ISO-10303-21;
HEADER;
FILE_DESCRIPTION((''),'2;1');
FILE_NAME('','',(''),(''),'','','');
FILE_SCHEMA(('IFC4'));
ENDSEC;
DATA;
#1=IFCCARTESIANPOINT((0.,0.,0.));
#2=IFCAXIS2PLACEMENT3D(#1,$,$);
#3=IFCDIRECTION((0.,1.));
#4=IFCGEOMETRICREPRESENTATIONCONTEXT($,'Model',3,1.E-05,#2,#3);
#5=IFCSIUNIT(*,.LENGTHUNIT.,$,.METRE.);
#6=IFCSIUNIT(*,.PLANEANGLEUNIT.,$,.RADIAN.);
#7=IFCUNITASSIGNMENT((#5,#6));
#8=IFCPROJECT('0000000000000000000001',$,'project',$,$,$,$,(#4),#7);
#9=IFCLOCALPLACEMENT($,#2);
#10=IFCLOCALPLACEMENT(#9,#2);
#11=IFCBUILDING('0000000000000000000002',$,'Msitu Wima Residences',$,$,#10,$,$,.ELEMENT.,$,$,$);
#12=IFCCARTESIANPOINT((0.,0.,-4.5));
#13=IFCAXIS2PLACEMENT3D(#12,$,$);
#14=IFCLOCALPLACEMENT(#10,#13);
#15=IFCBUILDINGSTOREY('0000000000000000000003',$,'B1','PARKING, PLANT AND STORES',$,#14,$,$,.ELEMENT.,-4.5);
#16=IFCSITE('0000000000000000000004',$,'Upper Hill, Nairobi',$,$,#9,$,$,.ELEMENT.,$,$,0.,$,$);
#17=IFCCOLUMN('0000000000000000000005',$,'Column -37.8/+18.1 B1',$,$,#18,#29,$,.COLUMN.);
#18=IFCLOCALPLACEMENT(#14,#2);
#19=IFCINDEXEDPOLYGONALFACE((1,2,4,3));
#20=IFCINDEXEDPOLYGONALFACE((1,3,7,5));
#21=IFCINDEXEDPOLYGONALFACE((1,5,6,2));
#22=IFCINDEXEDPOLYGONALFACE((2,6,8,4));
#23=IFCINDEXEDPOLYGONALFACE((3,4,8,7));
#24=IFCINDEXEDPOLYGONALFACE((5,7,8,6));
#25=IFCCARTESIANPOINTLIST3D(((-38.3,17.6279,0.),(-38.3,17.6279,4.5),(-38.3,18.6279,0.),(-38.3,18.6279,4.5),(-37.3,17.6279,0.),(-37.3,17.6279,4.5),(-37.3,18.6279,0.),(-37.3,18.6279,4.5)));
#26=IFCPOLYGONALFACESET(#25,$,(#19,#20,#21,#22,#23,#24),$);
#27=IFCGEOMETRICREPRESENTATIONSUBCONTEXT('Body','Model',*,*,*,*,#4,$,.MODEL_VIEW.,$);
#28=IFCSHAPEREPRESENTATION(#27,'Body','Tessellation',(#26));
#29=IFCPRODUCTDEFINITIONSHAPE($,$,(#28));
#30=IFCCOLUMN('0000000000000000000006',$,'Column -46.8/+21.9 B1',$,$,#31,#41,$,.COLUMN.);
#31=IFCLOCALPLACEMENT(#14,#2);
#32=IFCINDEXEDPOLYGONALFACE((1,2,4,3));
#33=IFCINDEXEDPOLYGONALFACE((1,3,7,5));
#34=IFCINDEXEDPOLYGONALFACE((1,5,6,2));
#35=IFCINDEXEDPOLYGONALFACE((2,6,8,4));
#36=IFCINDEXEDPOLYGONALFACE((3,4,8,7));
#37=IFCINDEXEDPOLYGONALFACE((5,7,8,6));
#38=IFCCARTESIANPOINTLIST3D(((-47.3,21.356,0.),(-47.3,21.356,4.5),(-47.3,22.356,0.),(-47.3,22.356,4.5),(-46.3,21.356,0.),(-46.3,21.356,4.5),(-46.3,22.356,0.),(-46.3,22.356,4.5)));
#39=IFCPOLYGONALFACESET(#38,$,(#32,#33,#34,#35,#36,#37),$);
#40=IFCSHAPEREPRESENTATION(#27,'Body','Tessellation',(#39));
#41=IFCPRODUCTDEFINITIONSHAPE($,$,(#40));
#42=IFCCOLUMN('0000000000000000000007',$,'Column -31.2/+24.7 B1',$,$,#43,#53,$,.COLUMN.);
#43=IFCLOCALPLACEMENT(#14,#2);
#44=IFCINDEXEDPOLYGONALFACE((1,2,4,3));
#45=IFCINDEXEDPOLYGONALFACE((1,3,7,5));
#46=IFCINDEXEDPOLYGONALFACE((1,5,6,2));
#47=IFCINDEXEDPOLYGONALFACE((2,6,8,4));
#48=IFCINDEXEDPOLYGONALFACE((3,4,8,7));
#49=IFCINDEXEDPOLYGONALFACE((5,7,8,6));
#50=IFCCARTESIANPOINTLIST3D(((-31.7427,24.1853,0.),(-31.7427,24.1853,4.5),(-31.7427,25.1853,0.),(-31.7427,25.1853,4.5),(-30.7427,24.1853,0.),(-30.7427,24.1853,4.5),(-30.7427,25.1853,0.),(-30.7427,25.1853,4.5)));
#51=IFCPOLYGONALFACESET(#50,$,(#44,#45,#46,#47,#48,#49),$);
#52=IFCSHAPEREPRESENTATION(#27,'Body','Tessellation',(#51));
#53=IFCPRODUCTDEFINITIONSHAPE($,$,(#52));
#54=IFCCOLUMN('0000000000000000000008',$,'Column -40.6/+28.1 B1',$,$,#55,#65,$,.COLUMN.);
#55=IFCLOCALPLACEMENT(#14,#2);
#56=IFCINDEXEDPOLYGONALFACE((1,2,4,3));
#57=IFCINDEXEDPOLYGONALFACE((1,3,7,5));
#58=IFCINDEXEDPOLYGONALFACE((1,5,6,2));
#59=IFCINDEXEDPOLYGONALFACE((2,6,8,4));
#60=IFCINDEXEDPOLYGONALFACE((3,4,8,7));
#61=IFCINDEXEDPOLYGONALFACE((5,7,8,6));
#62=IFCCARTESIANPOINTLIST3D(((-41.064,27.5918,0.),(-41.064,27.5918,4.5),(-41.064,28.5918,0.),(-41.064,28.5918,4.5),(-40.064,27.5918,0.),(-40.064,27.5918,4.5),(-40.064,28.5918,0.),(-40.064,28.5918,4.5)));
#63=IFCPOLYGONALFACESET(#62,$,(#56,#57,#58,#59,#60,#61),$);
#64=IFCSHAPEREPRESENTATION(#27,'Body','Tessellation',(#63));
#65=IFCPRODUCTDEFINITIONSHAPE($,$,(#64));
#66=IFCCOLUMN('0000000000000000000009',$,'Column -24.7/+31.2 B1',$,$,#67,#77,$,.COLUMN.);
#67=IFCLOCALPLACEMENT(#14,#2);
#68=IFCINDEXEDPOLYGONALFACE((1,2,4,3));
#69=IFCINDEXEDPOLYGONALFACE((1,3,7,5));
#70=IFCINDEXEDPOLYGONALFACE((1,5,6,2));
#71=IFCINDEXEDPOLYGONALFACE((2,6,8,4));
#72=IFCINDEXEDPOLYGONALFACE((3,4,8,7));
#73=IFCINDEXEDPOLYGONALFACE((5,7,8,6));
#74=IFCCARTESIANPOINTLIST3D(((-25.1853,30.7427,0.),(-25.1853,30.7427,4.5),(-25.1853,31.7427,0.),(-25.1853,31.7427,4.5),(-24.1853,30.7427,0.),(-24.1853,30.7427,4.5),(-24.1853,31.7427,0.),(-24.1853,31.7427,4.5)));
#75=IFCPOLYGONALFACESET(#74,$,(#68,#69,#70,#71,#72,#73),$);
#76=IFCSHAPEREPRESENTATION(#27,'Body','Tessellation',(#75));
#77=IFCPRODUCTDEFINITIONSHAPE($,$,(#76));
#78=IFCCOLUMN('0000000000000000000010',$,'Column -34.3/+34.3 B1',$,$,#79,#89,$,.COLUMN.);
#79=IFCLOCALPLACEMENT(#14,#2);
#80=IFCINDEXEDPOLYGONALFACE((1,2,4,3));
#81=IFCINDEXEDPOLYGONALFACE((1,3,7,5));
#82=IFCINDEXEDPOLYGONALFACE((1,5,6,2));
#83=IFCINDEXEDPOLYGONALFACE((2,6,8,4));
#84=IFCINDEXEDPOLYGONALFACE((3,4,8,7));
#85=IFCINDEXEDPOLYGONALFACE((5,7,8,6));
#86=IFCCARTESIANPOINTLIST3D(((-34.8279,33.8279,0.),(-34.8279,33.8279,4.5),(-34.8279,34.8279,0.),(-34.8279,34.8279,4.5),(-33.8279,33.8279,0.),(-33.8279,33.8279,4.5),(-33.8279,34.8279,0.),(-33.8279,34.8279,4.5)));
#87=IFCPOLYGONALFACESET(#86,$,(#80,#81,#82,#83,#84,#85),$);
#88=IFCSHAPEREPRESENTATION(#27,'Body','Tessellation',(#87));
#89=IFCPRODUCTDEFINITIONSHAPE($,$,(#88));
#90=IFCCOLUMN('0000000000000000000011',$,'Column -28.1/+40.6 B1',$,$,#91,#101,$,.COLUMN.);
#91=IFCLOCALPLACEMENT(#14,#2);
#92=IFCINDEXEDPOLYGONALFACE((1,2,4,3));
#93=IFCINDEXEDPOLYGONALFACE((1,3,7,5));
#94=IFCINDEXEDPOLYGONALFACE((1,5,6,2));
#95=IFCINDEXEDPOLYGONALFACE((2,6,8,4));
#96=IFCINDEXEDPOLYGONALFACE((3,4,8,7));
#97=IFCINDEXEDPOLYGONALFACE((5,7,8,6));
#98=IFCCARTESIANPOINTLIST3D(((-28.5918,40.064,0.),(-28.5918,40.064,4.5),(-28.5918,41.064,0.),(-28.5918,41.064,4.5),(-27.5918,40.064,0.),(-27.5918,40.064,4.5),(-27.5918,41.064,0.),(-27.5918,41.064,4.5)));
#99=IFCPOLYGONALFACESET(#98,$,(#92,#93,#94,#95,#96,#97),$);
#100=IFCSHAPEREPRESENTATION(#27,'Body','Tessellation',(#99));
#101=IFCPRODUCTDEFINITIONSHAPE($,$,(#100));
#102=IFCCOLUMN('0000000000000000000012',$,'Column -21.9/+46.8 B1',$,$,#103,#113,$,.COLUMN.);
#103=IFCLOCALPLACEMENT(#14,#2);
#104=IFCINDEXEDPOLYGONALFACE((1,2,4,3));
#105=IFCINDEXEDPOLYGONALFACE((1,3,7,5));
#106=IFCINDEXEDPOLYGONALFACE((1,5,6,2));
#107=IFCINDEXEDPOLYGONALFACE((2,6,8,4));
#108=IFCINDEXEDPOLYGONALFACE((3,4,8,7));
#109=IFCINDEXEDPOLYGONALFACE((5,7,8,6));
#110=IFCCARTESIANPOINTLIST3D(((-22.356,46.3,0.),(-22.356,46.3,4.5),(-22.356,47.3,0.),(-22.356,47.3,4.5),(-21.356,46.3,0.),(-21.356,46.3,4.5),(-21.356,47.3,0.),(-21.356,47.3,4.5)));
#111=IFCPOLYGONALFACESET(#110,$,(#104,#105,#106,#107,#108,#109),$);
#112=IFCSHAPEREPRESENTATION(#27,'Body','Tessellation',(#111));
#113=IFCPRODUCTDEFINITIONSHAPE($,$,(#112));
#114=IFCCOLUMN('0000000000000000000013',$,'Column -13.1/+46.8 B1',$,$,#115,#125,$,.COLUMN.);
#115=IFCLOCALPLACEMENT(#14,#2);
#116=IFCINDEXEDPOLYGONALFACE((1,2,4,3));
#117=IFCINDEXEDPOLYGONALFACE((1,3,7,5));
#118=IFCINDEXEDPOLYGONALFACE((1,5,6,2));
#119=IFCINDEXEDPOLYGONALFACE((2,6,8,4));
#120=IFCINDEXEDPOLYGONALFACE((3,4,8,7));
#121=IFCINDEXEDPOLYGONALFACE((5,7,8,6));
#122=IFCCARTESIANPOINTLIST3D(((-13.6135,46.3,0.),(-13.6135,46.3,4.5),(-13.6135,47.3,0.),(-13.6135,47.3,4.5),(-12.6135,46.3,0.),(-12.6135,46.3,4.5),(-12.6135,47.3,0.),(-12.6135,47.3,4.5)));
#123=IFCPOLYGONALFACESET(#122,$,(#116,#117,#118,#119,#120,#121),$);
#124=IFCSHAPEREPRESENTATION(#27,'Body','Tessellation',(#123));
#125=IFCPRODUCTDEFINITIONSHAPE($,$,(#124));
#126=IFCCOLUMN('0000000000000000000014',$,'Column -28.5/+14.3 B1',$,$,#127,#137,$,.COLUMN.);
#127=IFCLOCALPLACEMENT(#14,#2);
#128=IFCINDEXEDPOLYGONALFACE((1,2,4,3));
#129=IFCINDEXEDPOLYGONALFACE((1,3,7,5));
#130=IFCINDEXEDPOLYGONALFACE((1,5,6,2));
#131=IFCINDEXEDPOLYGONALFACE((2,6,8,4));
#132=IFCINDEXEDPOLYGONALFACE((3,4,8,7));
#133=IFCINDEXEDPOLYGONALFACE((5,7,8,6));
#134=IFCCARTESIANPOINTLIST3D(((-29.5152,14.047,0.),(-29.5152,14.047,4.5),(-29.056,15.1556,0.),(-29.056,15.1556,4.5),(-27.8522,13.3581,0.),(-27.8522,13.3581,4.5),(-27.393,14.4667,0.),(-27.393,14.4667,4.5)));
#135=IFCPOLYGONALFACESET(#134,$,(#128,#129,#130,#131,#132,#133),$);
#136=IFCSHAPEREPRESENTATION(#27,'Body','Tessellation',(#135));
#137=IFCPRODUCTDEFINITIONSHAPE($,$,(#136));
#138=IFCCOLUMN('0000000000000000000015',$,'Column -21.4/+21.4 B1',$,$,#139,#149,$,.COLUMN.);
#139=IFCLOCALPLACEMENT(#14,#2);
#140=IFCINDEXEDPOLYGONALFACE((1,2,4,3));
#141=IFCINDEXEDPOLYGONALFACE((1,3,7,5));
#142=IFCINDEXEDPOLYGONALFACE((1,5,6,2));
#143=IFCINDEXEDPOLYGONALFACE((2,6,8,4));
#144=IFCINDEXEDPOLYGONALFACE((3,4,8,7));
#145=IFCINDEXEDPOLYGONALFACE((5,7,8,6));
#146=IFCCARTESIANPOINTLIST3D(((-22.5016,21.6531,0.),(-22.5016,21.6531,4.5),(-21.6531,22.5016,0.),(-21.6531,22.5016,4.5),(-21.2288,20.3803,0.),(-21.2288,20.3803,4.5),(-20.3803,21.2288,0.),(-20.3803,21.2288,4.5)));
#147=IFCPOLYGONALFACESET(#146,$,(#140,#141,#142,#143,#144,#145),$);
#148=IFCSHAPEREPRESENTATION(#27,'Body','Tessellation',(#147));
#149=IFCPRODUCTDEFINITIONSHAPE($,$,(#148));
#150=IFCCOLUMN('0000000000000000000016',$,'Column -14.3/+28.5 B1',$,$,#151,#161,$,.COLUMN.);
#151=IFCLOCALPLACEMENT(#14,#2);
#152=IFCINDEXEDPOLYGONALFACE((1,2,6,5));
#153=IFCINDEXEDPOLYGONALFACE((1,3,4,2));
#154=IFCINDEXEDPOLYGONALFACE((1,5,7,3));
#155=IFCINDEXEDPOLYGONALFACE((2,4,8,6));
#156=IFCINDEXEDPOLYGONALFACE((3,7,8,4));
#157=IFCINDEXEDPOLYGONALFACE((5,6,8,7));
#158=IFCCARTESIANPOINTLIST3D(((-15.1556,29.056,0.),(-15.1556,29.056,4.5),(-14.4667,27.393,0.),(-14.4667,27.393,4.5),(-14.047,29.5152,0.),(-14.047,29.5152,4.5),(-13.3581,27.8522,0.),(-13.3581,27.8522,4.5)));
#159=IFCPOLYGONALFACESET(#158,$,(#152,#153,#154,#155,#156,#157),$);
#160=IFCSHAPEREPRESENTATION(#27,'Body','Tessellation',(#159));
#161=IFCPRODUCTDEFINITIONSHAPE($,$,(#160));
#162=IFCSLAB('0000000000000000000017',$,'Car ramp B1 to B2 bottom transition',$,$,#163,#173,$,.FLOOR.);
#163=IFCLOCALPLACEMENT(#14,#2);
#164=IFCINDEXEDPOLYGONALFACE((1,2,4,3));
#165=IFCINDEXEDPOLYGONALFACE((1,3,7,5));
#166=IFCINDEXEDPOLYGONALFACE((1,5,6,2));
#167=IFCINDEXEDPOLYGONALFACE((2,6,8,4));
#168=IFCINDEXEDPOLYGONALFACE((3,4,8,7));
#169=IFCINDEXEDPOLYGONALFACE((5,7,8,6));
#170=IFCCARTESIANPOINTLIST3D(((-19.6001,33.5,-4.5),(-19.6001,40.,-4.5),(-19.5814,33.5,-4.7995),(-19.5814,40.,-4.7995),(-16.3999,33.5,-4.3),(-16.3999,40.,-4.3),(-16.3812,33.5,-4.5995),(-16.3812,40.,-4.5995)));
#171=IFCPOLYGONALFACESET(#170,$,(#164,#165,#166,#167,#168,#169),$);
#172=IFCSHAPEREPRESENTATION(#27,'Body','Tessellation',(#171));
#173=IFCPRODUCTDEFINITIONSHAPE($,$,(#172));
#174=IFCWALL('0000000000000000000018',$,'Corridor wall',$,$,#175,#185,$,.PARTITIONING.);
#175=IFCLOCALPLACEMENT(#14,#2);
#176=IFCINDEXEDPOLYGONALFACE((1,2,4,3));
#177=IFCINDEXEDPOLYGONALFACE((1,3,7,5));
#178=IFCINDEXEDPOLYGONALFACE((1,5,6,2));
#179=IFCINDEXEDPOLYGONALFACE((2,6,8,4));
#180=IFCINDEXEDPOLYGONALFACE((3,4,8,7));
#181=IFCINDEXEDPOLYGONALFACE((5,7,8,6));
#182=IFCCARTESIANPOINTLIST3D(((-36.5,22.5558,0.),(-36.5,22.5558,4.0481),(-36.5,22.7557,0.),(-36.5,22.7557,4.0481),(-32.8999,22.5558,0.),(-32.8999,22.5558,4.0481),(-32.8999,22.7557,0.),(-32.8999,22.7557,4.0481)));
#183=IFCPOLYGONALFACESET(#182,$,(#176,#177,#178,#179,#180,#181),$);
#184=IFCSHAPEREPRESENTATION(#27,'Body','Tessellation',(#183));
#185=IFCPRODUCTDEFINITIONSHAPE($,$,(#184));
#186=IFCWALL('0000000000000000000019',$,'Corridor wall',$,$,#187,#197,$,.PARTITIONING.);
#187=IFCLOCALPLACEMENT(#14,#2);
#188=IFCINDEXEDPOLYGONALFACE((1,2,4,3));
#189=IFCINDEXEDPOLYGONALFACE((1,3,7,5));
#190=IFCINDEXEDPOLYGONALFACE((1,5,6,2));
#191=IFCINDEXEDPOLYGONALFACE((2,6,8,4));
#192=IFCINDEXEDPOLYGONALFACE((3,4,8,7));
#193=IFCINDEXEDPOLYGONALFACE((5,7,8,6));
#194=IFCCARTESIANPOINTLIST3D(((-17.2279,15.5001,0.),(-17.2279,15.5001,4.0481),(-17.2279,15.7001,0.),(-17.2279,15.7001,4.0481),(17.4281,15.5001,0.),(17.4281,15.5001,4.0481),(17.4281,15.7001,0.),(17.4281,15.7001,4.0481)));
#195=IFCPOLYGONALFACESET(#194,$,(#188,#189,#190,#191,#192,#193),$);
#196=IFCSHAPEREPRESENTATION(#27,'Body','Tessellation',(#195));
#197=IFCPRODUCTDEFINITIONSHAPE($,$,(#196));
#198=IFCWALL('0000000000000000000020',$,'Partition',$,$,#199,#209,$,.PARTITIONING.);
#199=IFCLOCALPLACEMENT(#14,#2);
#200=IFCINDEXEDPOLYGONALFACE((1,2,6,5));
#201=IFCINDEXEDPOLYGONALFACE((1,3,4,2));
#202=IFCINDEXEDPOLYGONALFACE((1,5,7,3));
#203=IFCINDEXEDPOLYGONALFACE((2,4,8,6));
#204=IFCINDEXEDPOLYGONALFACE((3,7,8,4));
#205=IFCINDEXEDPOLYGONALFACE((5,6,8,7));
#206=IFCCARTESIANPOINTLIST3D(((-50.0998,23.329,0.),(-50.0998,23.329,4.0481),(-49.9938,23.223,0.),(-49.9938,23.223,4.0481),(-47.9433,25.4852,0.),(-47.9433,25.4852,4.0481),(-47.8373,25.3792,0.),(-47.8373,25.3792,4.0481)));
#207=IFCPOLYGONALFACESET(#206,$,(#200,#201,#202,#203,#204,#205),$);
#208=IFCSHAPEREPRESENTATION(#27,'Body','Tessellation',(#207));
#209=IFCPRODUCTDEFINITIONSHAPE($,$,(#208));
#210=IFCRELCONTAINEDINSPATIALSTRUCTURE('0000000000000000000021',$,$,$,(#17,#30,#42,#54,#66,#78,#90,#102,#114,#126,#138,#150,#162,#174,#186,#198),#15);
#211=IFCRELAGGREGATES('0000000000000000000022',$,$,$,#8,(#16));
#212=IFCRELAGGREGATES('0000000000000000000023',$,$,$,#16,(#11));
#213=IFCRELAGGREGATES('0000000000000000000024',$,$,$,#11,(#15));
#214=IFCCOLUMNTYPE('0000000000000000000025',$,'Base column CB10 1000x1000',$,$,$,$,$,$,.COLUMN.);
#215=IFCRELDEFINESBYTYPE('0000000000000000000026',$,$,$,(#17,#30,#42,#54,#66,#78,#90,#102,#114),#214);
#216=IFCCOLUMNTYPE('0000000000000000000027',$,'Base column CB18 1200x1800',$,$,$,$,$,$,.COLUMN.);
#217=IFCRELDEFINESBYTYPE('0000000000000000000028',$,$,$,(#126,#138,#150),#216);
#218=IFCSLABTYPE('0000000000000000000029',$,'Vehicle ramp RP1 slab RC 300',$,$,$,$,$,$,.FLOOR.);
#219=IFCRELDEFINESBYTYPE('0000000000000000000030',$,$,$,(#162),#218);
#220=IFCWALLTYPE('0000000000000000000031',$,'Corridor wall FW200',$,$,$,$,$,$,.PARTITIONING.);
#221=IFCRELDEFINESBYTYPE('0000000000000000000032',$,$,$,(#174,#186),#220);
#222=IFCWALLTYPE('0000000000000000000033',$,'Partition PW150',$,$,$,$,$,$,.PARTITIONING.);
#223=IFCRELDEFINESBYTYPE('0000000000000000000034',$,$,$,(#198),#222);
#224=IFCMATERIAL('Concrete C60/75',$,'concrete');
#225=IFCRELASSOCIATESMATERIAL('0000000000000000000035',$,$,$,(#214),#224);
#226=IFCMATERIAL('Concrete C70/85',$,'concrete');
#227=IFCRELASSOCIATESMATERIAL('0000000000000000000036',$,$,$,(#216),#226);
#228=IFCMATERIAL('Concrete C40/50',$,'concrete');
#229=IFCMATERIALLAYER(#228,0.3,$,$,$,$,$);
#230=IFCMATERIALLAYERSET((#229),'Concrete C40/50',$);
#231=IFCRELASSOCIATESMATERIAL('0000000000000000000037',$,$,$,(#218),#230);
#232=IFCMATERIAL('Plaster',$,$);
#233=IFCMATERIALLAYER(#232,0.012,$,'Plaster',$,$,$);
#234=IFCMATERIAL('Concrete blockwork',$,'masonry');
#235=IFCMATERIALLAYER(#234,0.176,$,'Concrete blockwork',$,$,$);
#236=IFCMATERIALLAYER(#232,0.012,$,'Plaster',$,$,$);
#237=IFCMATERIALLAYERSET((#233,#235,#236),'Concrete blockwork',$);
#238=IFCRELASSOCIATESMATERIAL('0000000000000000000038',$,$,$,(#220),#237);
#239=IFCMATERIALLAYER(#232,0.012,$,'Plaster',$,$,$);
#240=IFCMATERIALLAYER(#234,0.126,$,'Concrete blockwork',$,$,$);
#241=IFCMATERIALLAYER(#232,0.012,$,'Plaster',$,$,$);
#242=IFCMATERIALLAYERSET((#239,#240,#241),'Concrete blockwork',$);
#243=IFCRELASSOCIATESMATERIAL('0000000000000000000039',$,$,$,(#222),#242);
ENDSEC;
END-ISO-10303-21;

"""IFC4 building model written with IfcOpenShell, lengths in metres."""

from ifc_helpers import new_model, si_unit, direction, frame, frame_2d, origin, origin_2d, place, context, subcontext, project, spatial, polyline, rectangle, outline, extrude, material, layer, layer_set, material_profile, profile_set, type_object, element, save


model = new_model("IFC4")

# Units and contexts
model_context = context("Model", 3, precision=1e-05, world=origin(), true_north=direction((0.0, 1.0)))
body_context = subcontext(model_context, "Body", "Model", "MODEL_VIEW")
ifc_project = project(units=[si_unit("LENGTHUNIT", "METRE"), si_unit("PLANEANGLEUNIT", "RADIAN")], contexts=[model_context])

# Site, building, storey
site_placement = place(None, origin())
site = spatial("IfcSite", under=ifc_project, at=site_placement, Name="Upper Hill, Nairobi", CompositionType="ELEMENT", RefElevation=0.0)
building_placement = place(site_placement, origin())
building = spatial("IfcBuilding", under=site, at=building_placement, Name="Msitu Wima Residences", CompositionType="ELEMENT")
storey_placement = place(building_placement, frame((0.0, 0.0, -4.5)))
storey = spatial("IfcBuildingStorey", under=building, at=storey_placement, Name="B1", Description="PARKING, PLANT AND STORES", CompositionType="ELEMENT", Elevation=-4.5)

# Columns
ifc_material_1 = material(Name="Concrete C60/75", Category="concrete")
ifc_material_profile_1 = material_profile(ifc_material_1, rectangle(XDim=1.0, YDim=1.0, at=origin_2d()), Name="RC 1000x1000")
ifc_profile_set_1 = profile_set([ifc_material_profile_1], Name="Concrete C60/75")
column_type_1 = type_object("IfcColumnType", Name="Base column CB10 1000x1000", PredefinedType="COLUMN", material=ifc_profile_set_1)
for number, where, z_axis, x_axis, name in (
    (1, (-37.8, 18.1279, 0.0), (0.0, 0.0, 1.0), (1.0, 0.0, 0.0), "Column -37.8/+18.1 B1"),
    (2, (-46.8, 21.856, 0.0), (0.0, 0.0, 1.0), (1.0, 0.0, 0.0), "Column -46.8/+21.9 B1"),
    (3, (-31.2427, 24.6853, 0.0), (0.0, 0.0, 1.0), (1.0, 0.0, 0.0), "Column -31.2/+24.7 B1"),
    (4, (-40.564, 28.0918, 0.0), (0.0, 0.0, 1.0), (1.0, 0.0, 0.0), "Column -40.6/+28.1 B1"),
    (5, (-24.6853, 31.2427, 0.0), (0.0, 0.0, 1.0), (1.0, 0.0, 0.0), "Column -24.7/+31.2 B1"),
    (6, (-34.3279, 34.3279, 0.0), (0.0, 0.0, 1.0), (1.0, 0.0, 0.0), "Column -34.3/+34.3 B1"),
    (7, (-28.0918, 40.564, 0.0), (0.0, 0.0, 1.0), (1.0, 0.0, 0.0), "Column -28.1/+40.6 B1"),
    (8, (-21.856, 46.8, 0.0), (0.0, 0.0, 1.0), (1.0, 0.0, 0.0), "Column -21.9/+46.8 B1"),
    (9, (-13.1135, 46.8, 0.0), (0.0, 0.0, 1.0), (1.0, 0.0, 0.0), "Column -13.1/+46.8 B1"),
):
    element("IfcColumn", number, at=place(storey_placement, frame(where, z_axis=z_axis, x_axis=x_axis)), inside=storey, type_object=column_type_1, Name=name, PredefinedType="COLUMN", context=body_context, shape_type="SweptSolid", body=[
        extrude(rectangle(XDim=1.0, YDim=1.0, at=origin_2d()), origin(), (0.0, 0.0, 1.0), 4.5),
    ])
ifc_material_2 = material(Name="Concrete C70/85", Category="concrete")
ifc_material_profile_2 = material_profile(ifc_material_2, rectangle(XDim=1.2, YDim=1.8, at=origin_2d()), Name="RC 1200x1800")
ifc_profile_set_2 = profile_set([ifc_material_profile_2], Name="Concrete C70/85")
column_type_2 = type_object("IfcColumnType", Name="Base column CB18 1200x1800", PredefinedType="COLUMN", material=ifc_profile_set_2)
for number, where, z_axis, x_axis, name in (
    (10, (-28.4541, 14.2568, 0.0), (0.0, 0.0, 1.0), (-0.382683, -0.92388, 0.0), "Column -28.5/+14.3 B1"),
    (11, (-21.4409, 21.4409, 0.0), (0.0, 0.0, 1.0), (-0.707107, -0.707107, 0.0), "Column -21.4/+21.4 B1"),
    (12, (-14.2568, 28.4541, 0.0), (0.0, 0.0, 1.0), (-0.92388, -0.382683, 0.0), "Column -14.3/+28.5 B1"),
):
    element("IfcColumn", number, at=place(storey_placement, frame(where, z_axis=z_axis, x_axis=x_axis)), inside=storey, type_object=column_type_2, Name=name, PredefinedType="COLUMN", context=body_context, shape_type="SweptSolid", body=[
        extrude(rectangle(XDim=1.2, YDim=1.8, at=origin_2d()), origin(), (0.0, 0.0, 1.0), 4.5),
    ])

# Slab
ifc_material_3 = material(Name="Concrete C40/50", Category="concrete")
ifc_layer_1 = layer(ifc_material_3, 0.3)
ifc_layer_set_1 = layer_set([ifc_layer_1], Name="Concrete C40/50")
slab_type = type_object("IfcSlabType", Name="Vehicle ramp RP1 slab RC 300", PredefinedType="FLOOR", material=ifc_layer_set_1)
slab_placement = place(storey_placement, frame((-16.3999, 33.5, -4.3), z_axis=(-0.062359, 0.0, 0.998054), x_axis=(-0.998054, 0.0, -0.062359)))
element("IfcSlab", 13, at=slab_placement, inside=storey, type_object=slab_type, Name="Car ramp B1 to B2 bottom transition", PredefinedType="FLOOR", context=body_context, shape_type="SweptSolid", body=[
    extrude(outline(polyline([(0.0, 0.0), (3.2064, 0.0), (3.2064, -6.5), (0.0, -6.5), (0.0, 0.0)])), origin(), (0.0, 0.0, -1.0), 0.3),
])

# Walls
ifc_material_4 = material(Name="Plaster")
ifc_layer_2 = layer(ifc_material_4, 0.012, Name="Plaster")
ifc_material_5 = material(Name="Concrete blockwork", Category="masonry")
ifc_layer_3 = layer(ifc_material_5, 0.176, Name="Concrete blockwork")
ifc_layer_4 = layer(ifc_material_4, 0.012, Name="Plaster")
ifc_layer_set_2 = layer_set([ifc_layer_2, ifc_layer_3, ifc_layer_4], Name="Concrete blockwork")
wall_type_1 = type_object("IfcWallType", Name="Corridor wall FW200", PredefinedType="PARTITIONING", material=ifc_layer_set_2)
wall_1_placement = place(storey_placement, frame((-36.5, 22.6558, 0.0), z_axis=(0.0, 0.0, 1.0), x_axis=(1.0, 0.0, 0.0)))
element("IfcWall", 14, at=wall_1_placement, inside=storey, type_object=wall_type_1, Name="Corridor wall", PredefinedType="PARTITIONING", context=body_context, shape_type="SweptSolid", body=[
    extrude(rectangle(XDim=3.6001, YDim=0.2, at=frame_2d((1.8, 0.0))), origin(), (0.0, 0.0, 1.0), 4.0481),
])
wall_2_placement = place(storey_placement, frame((-17.228, 15.6001, 0.0), z_axis=(0.0, 0.0, 1.0), x_axis=(1.0, 0.0, 0.0)))
element("IfcWall", 15, at=wall_2_placement, inside=storey, type_object=wall_type_1, Name="Corridor wall", PredefinedType="PARTITIONING", context=body_context, shape_type="SweptSolid", body=[
    extrude(rectangle(XDim=34.656, YDim=0.2, at=frame_2d((17.3281, 0.0))), origin(), (0.0, 0.0, 1.0), 4.0481),
])
ifc_layer_5 = layer(ifc_material_4, 0.012, Name="Plaster")
ifc_layer_6 = layer(ifc_material_5, 0.126, Name="Concrete blockwork")
ifc_layer_7 = layer(ifc_material_4, 0.012, Name="Plaster")
ifc_layer_set_3 = layer_set([ifc_layer_5, ifc_layer_6, ifc_layer_7], Name="Concrete blockwork")
wall_type_2 = type_object("IfcWallType", Name="Partition PW150", PredefinedType="PARTITIONING", material=ifc_layer_set_3)
wall_3_placement = place(storey_placement, frame((-50.0469, 23.2759, 0.0), z_axis=(0.0, 0.0, 1.0), x_axis=(0.707147, 0.707067, 0.0)))
element("IfcWall", 16, at=wall_3_placement, inside=storey, type_object=wall_type_2, Name="Partition", PredefinedType="PARTITIONING", context=body_context, shape_type="SweptSolid", body=[
    extrude(rectangle(XDim=3.0496, YDim=0.1499, at=frame_2d((1.5249, 0.0))), origin(), (0.0, 0.0, 1.0), 4.0481),
])

save(model, "model.ifc")
